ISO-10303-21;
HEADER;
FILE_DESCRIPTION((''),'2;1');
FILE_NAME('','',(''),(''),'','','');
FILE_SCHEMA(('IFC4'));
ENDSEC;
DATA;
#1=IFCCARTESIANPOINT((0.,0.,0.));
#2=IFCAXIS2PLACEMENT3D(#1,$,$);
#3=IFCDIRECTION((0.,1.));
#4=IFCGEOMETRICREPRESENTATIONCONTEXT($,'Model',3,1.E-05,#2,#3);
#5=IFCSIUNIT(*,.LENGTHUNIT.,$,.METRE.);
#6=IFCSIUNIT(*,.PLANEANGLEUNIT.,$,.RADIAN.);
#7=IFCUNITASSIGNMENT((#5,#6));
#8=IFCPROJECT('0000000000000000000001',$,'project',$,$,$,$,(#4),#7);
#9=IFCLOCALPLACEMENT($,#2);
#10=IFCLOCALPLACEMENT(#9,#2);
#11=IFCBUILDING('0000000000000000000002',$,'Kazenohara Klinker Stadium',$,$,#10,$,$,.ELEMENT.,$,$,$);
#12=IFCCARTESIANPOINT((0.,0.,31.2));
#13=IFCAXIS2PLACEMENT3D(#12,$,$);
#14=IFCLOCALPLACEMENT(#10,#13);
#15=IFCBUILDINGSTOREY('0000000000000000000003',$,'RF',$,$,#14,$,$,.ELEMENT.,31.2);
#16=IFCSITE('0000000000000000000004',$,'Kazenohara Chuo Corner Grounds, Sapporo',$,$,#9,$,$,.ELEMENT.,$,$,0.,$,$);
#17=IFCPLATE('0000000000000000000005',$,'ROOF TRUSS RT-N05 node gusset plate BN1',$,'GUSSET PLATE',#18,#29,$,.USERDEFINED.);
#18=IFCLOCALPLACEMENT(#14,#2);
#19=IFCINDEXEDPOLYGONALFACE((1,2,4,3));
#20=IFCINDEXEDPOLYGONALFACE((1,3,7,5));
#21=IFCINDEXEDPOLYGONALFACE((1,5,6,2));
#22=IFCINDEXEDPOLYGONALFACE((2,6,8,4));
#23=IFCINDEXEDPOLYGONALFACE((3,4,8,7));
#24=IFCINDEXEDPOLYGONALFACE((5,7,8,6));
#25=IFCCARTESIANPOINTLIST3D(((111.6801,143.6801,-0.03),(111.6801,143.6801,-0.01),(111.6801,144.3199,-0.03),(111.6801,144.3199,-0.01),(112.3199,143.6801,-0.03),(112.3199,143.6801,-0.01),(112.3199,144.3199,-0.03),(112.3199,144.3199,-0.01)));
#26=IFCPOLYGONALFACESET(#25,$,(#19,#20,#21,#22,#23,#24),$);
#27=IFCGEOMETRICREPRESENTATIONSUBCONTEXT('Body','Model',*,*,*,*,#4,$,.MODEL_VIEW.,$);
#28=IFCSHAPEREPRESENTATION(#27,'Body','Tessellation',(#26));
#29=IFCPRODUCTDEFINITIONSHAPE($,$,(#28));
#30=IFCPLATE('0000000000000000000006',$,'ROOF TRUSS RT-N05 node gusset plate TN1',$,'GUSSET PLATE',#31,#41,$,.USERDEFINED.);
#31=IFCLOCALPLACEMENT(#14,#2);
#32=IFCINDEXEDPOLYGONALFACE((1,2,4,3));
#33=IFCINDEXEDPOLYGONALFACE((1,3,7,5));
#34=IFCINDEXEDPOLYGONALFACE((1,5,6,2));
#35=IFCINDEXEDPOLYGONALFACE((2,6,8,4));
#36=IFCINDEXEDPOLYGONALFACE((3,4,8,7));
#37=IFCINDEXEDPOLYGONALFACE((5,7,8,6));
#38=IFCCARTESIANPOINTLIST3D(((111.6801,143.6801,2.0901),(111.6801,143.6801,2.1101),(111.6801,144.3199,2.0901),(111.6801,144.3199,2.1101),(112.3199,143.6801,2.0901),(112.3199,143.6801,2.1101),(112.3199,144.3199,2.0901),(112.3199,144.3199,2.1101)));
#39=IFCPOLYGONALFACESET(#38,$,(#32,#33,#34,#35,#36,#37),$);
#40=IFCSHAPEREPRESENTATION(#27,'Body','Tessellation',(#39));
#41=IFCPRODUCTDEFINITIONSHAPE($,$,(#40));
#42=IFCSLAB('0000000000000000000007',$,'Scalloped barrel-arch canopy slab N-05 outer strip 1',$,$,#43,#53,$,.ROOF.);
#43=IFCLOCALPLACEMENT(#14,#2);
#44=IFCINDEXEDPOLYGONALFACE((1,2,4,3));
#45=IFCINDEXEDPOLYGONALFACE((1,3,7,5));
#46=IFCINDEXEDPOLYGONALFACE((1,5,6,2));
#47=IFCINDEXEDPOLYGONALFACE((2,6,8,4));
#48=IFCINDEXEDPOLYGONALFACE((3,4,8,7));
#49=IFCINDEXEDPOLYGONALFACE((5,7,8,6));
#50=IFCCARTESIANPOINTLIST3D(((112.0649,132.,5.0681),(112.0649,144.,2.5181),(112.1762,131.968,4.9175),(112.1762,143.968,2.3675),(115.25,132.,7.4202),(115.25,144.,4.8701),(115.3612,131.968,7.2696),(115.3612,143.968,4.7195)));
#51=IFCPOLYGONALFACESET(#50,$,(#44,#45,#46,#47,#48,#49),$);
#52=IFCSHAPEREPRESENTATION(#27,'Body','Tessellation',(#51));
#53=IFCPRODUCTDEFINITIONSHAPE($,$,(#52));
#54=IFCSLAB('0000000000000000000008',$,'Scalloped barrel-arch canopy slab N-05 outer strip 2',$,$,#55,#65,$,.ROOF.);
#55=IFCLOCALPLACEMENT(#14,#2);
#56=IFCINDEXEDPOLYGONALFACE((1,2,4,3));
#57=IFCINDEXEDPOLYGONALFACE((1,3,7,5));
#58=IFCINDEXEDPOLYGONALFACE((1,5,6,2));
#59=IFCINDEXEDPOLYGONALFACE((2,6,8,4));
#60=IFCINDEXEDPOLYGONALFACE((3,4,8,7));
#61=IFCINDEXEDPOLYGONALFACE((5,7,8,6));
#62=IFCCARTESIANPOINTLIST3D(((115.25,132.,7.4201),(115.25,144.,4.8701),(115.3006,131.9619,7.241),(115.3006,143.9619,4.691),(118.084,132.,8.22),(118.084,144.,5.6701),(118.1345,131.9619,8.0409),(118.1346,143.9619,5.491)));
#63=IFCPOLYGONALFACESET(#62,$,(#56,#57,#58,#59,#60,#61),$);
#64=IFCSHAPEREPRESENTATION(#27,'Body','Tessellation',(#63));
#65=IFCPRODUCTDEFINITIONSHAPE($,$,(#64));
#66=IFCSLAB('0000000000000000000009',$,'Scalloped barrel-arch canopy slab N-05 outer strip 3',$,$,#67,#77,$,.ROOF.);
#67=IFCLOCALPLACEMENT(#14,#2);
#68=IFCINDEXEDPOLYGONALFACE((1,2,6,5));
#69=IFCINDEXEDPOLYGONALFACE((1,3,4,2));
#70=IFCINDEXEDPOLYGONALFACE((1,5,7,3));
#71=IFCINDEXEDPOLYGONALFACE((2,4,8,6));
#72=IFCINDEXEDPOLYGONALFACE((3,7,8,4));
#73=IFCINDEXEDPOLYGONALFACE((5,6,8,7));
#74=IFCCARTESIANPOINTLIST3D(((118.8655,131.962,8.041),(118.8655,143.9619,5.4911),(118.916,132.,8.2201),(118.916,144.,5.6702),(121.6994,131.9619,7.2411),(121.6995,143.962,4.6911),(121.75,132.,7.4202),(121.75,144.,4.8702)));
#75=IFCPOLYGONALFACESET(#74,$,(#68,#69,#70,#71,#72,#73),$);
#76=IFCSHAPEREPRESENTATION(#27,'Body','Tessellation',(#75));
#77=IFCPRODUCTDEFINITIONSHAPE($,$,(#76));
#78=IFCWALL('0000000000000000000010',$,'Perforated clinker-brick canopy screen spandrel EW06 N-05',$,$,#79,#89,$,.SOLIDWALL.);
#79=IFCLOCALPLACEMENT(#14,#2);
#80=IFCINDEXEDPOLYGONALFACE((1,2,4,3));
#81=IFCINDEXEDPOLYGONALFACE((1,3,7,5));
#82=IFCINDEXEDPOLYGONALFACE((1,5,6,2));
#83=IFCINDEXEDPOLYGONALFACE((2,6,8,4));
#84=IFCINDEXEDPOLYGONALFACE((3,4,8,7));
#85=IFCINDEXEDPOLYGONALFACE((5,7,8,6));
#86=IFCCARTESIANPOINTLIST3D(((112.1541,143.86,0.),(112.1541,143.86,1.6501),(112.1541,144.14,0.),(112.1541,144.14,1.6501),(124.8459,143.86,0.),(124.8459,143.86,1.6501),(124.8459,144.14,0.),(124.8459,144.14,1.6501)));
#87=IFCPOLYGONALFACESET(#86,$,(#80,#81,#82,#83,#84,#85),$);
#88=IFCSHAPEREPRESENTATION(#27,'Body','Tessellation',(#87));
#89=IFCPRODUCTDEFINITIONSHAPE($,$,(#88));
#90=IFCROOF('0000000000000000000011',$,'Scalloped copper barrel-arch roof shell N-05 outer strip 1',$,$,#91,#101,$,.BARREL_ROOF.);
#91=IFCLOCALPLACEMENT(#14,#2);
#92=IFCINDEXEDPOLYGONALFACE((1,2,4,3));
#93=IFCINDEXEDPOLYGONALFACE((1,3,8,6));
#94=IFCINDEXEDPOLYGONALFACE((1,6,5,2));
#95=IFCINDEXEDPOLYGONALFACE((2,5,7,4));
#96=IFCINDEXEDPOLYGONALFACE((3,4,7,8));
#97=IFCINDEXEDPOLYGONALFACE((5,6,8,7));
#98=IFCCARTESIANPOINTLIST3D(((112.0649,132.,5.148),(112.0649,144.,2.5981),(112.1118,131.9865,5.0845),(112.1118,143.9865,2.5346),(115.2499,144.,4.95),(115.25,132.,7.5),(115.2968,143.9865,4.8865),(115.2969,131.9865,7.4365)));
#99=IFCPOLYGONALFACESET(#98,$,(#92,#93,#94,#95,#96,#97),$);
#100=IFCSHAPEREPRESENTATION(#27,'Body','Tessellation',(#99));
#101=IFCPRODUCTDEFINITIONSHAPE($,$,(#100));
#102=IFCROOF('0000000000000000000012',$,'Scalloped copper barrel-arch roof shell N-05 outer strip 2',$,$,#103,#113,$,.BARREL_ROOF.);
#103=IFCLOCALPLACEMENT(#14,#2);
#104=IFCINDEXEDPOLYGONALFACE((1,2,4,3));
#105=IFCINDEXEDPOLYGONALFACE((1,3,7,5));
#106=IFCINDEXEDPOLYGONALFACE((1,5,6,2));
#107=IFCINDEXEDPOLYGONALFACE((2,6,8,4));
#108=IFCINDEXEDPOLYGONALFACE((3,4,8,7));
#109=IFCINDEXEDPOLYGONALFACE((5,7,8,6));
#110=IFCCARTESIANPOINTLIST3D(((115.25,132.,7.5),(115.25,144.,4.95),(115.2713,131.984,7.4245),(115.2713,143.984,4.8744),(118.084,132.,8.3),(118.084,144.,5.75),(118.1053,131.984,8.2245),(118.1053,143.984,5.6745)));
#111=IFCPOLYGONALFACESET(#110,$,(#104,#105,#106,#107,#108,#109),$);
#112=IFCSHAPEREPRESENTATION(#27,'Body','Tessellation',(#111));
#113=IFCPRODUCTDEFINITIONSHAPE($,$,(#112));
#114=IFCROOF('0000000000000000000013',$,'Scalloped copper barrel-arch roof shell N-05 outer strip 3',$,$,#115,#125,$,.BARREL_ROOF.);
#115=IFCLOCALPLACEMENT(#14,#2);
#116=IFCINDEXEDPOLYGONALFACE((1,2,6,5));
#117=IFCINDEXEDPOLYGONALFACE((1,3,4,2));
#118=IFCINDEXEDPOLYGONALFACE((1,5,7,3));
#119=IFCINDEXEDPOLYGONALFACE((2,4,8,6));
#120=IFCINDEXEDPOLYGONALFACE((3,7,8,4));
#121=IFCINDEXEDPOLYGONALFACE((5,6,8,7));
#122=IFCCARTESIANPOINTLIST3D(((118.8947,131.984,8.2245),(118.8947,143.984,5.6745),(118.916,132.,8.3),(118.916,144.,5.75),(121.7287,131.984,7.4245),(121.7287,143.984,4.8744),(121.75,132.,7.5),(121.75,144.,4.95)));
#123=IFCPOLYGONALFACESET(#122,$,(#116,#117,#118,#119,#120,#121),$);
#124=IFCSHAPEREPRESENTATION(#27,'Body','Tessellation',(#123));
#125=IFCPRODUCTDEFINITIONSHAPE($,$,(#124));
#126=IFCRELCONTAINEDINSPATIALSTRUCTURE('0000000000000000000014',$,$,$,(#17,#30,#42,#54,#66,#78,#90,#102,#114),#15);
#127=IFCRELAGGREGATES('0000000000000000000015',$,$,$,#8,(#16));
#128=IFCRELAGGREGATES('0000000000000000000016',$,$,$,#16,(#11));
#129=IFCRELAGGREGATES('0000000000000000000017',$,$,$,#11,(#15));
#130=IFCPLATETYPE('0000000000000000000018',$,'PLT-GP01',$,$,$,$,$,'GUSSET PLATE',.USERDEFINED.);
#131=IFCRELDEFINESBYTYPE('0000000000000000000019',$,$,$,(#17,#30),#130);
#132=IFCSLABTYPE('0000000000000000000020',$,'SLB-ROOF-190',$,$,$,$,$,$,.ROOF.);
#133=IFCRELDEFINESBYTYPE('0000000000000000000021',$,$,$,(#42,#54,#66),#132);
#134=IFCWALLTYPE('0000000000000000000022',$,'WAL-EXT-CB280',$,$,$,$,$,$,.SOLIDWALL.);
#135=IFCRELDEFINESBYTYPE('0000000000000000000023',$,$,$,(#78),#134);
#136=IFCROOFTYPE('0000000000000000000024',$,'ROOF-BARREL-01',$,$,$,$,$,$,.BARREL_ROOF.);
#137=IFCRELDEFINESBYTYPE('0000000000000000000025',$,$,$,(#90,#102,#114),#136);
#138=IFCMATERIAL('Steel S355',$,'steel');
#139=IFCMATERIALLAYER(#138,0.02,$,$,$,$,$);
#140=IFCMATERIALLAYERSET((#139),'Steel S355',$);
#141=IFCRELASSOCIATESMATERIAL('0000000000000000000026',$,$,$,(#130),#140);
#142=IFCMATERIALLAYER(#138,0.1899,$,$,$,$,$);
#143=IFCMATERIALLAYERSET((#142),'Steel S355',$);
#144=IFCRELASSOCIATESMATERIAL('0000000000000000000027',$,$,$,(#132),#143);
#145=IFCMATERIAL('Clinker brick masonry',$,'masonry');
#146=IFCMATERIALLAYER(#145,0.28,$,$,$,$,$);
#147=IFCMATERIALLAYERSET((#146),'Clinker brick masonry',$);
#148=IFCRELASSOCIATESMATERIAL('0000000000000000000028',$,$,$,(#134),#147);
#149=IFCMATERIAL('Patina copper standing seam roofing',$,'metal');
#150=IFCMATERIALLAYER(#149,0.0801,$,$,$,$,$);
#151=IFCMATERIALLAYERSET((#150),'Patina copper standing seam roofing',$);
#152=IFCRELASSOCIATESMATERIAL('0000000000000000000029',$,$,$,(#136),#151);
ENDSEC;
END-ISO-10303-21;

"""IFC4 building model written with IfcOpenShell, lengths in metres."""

from ifc_helpers import new_model, si_unit, direction, frame, frame_2d, origin, origin_2d, place, context, subcontext, project, spatial, polyline, rectangle, outline, extrude, material, layer, layer_set, type_object, element, save


model = new_model("IFC4")

# Units and contexts
model_context = context("Model", 3, precision=1e-05, world=origin(), true_north=direction((0.0, 1.0)))
body_context = subcontext(model_context, "Body", "Model", "MODEL_VIEW")
ifc_project = project(units=[si_unit("LENGTHUNIT", "METRE"), si_unit("PLANEANGLEUNIT", "RADIAN")], contexts=[model_context])

# Site, building, storey
site_placement = place(None, origin())
site = spatial("IfcSite", under=ifc_project, at=site_placement, Name="Kazenohara Chuo Corner Grounds, Sapporo", CompositionType="ELEMENT", RefElevation=0.0)
building_placement = place(site_placement, origin())
building = spatial("IfcBuilding", under=site, at=building_placement, Name="Kazenohara Klinker Stadium", CompositionType="ELEMENT")
storey_placement = place(building_placement, frame((0.0, 0.0, 31.2)))
storey = spatial("IfcBuildingStorey", under=building, at=storey_placement, Name="RF", CompositionType="ELEMENT", Elevation=31.2)

# Shared definitions
ifc_material_1 = material(Name="Steel S355", Category="steel")

# Plates
ifc_layer_1 = layer(ifc_material_1, 0.02)
ifc_layer_set_1 = layer_set([ifc_layer_1], Name="Steel S355")
plate_type_1 = type_object("IfcPlateType", Name="PLT-GP01", ElementType="GUSSET PLATE", PredefinedType="USERDEFINED", material=ifc_layer_set_1)
for number, where, z_axis, x_axis, name in (
    (1, (112.0, 144.0, -0.03), (0.0, 0.0, 1.0), (1.0, 0.0, 0.0), "ROOF TRUSS RT-N05 node gusset plate BN1"),
    (2, (112.0, 144.0, 2.0901), (0.0, 0.0, 1.0), (1.0, 0.0, 0.0), "ROOF TRUSS RT-N05 node gusset plate TN1"),
):
    element("IfcPlate", number, at=place(storey_placement, frame(where, z_axis=z_axis, x_axis=x_axis)), inside=storey, type_object=plate_type_1, Name=name, ObjectType="GUSSET PLATE", PredefinedType="USERDEFINED", context=body_context, shape_type="SweptSolid", body=[
        extrude(rectangle(XDim=0.6399, YDim=0.6399, at=origin_2d()), origin(), (0.0, 0.0, 1.0), 0.02),
    ])

# Slabs
ifc_layer_2 = layer(ifc_material_1, 0.1899)
ifc_layer_set_2 = layer_set([ifc_layer_2], Name="Steel S355")
slab_type = type_object("IfcSlabType", Name="SLB-ROOF-190", PredefinedType="ROOF", material=ifc_layer_set_2)
slab_1_placement = place(storey_placement, frame((112.0649, 144.0, 2.5181), z_axis=(-0.58555, 0.168501, 0.79293), x_axis=(0.0, -0.978158, 0.207863)))
element("IfcSlab", 3, at=slab_1_placement, inside=storey, type_object=slab_type, Name="Scalloped barrel-arch canopy slab N-05 outer strip 1", PredefinedType="ROOF", context=body_context, shape_type="SweptSolid", body=[
    extrude(outline(polyline([(0.0, 0.0), (12.268, 0.0), (12.7569, 3.9291), (0.4889, 3.9291), (0.0, 0.0)])), origin(), (0.0, 0.0, -1.0), 0.1899),
])
slab_2_placement = place(storey_placement, frame((115.25, 144.0, 4.8701), z_axis=(-0.26614, 0.200357, 0.942882), x_axis=(0.000002, -0.97816, 0.207854)))
element("IfcSlab", 4, at=slab_2_placement, inside=storey, type_object=slab_type, Name="Scalloped barrel-arch canopy slab N-05 outer strip 2", PredefinedType="ROOF", context=body_context, shape_type="SweptSolid", body=[
    extrude(outline(polyline([(0.0, 0.0), (12.268, 0.0), (12.4342, 2.94), (0.1663, 2.94), (0.0, 0.0)])), origin(), (0.0, 0.0, -1.0), 0.1899),
])
slab_3_placement = place(storey_placement, frame((118.916, 144.0, 5.6702), z_axis=(0.26614, 0.200357, 0.942882), x_axis=(0.000002, -0.97816, 0.207852)))
element("IfcSlab", 5, at=slab_3_placement, inside=storey, type_object=slab_type, Name="Scalloped barrel-arch canopy slab N-05 outer strip 3", PredefinedType="ROOF", context=body_context, shape_type="SweptSolid", body=[
    extrude(outline(polyline([(0.0, 0.0), (12.2679, 0.0), (12.1017, 2.94), (-0.1663, 2.9401), (0.0, 0.0)])), origin(), (0.0, 0.0, -1.0), 0.1899),
])

# Wall
ifc_material_2 = material(Name="Clinker brick masonry", Category="masonry")
ifc_layer_3 = layer(ifc_material_2, 0.28)
ifc_layer_set_3 = layer_set([ifc_layer_3], Name="Clinker brick masonry")
wall_type = type_object("IfcWallType", Name="WAL-EXT-CB280", PredefinedType="SOLIDWALL", material=ifc_layer_set_3)
wall_placement = place(storey_placement, frame((112.1541, 144.0, 0.0), z_axis=(0.0, 0.0, 1.0), x_axis=(1.0, 0.0, 0.0)))
element("IfcWall", 6, at=wall_placement, inside=storey, type_object=wall_type, Name="Perforated clinker-brick canopy screen spandrel EW06 N-05", PredefinedType="SOLIDWALL", context=body_context, shape_type="SweptSolid", body=[
    extrude(rectangle(XDim=12.6919, YDim=0.28, at=frame_2d((6.3459, 0.0))), origin(), (0.0, 0.0, 1.0), 1.6501),
])

# Roofs
ifc_material_3 = material(Name="Patina copper standing seam roofing", Category="metal")
ifc_layer_4 = layer(ifc_material_3, 0.0801)
ifc_layer_set_4 = layer_set([ifc_layer_4], Name="Patina copper standing seam roofing")
roof_type = type_object("IfcRoofType", Name="ROOF-BARREL-01", PredefinedType="BARREL_ROOF", material=ifc_layer_set_4)
roof_1_placement = place(storey_placement, frame((112.0649, 144.0, 2.5981), z_axis=(-0.585531, 0.168496, 0.792945), x_axis=(-0.000005, -0.978161, 0.20785)))
element("IfcRoof", 7, at=roof_1_placement, inside=storey, type_object=roof_type, Name="Scalloped copper barrel-arch roof shell N-05 outer strip 1", PredefinedType="BARREL_ROOF", context=body_context, shape_type="SweptSolid", body=[
    extrude(outline(polyline([(0.0, 0.0), (12.2679, 0.0), (12.7568, 3.9291), (0.4888, 3.929), (0.0, 0.0)])), origin(), (0.0, 0.0, -1.0), 0.0801),
])
roof_2_placement = place(storey_placement, frame((115.25, 144.0, 4.95), z_axis=(-0.266177, 0.200364, 0.94287), x_axis=(0.0, -0.978158, 0.207863)))
element("IfcRoof", 8, at=roof_2_placement, inside=storey, type_object=roof_type, Name="Scalloped copper barrel-arch roof shell N-05 outer strip 2", PredefinedType="BARREL_ROOF", context=body_context, shape_type="SweptSolid", body=[
    extrude(outline(polyline([(0.0, 0.0), (12.268, 0.0), (12.4343, 2.94), (0.1663, 2.94), (0.0, 0.0)])), origin(), (0.0, 0.0, -1.0), 0.0801),
])
roof_3_placement = place(storey_placement, frame((118.916, 144.0, 5.75), z_axis=(0.266177, 0.200364, 0.94287), x_axis=(0.0, -0.978158, 0.207863)))
element("IfcRoof", 9, at=roof_3_placement, inside=storey, type_object=roof_type, Name="Scalloped copper barrel-arch roof shell N-05 outer strip 3", PredefinedType="BARREL_ROOF", context=body_context, shape_type="SweptSolid", body=[
    extrude(outline(polyline([(0.0, 0.0), (12.268, 0.0), (12.1017, 2.94), (-0.1663, 2.94), (0.0, 0.0)])), origin(), (0.0, 0.0, -1.0), 0.0801),
])

save(model, "model.ifc")
